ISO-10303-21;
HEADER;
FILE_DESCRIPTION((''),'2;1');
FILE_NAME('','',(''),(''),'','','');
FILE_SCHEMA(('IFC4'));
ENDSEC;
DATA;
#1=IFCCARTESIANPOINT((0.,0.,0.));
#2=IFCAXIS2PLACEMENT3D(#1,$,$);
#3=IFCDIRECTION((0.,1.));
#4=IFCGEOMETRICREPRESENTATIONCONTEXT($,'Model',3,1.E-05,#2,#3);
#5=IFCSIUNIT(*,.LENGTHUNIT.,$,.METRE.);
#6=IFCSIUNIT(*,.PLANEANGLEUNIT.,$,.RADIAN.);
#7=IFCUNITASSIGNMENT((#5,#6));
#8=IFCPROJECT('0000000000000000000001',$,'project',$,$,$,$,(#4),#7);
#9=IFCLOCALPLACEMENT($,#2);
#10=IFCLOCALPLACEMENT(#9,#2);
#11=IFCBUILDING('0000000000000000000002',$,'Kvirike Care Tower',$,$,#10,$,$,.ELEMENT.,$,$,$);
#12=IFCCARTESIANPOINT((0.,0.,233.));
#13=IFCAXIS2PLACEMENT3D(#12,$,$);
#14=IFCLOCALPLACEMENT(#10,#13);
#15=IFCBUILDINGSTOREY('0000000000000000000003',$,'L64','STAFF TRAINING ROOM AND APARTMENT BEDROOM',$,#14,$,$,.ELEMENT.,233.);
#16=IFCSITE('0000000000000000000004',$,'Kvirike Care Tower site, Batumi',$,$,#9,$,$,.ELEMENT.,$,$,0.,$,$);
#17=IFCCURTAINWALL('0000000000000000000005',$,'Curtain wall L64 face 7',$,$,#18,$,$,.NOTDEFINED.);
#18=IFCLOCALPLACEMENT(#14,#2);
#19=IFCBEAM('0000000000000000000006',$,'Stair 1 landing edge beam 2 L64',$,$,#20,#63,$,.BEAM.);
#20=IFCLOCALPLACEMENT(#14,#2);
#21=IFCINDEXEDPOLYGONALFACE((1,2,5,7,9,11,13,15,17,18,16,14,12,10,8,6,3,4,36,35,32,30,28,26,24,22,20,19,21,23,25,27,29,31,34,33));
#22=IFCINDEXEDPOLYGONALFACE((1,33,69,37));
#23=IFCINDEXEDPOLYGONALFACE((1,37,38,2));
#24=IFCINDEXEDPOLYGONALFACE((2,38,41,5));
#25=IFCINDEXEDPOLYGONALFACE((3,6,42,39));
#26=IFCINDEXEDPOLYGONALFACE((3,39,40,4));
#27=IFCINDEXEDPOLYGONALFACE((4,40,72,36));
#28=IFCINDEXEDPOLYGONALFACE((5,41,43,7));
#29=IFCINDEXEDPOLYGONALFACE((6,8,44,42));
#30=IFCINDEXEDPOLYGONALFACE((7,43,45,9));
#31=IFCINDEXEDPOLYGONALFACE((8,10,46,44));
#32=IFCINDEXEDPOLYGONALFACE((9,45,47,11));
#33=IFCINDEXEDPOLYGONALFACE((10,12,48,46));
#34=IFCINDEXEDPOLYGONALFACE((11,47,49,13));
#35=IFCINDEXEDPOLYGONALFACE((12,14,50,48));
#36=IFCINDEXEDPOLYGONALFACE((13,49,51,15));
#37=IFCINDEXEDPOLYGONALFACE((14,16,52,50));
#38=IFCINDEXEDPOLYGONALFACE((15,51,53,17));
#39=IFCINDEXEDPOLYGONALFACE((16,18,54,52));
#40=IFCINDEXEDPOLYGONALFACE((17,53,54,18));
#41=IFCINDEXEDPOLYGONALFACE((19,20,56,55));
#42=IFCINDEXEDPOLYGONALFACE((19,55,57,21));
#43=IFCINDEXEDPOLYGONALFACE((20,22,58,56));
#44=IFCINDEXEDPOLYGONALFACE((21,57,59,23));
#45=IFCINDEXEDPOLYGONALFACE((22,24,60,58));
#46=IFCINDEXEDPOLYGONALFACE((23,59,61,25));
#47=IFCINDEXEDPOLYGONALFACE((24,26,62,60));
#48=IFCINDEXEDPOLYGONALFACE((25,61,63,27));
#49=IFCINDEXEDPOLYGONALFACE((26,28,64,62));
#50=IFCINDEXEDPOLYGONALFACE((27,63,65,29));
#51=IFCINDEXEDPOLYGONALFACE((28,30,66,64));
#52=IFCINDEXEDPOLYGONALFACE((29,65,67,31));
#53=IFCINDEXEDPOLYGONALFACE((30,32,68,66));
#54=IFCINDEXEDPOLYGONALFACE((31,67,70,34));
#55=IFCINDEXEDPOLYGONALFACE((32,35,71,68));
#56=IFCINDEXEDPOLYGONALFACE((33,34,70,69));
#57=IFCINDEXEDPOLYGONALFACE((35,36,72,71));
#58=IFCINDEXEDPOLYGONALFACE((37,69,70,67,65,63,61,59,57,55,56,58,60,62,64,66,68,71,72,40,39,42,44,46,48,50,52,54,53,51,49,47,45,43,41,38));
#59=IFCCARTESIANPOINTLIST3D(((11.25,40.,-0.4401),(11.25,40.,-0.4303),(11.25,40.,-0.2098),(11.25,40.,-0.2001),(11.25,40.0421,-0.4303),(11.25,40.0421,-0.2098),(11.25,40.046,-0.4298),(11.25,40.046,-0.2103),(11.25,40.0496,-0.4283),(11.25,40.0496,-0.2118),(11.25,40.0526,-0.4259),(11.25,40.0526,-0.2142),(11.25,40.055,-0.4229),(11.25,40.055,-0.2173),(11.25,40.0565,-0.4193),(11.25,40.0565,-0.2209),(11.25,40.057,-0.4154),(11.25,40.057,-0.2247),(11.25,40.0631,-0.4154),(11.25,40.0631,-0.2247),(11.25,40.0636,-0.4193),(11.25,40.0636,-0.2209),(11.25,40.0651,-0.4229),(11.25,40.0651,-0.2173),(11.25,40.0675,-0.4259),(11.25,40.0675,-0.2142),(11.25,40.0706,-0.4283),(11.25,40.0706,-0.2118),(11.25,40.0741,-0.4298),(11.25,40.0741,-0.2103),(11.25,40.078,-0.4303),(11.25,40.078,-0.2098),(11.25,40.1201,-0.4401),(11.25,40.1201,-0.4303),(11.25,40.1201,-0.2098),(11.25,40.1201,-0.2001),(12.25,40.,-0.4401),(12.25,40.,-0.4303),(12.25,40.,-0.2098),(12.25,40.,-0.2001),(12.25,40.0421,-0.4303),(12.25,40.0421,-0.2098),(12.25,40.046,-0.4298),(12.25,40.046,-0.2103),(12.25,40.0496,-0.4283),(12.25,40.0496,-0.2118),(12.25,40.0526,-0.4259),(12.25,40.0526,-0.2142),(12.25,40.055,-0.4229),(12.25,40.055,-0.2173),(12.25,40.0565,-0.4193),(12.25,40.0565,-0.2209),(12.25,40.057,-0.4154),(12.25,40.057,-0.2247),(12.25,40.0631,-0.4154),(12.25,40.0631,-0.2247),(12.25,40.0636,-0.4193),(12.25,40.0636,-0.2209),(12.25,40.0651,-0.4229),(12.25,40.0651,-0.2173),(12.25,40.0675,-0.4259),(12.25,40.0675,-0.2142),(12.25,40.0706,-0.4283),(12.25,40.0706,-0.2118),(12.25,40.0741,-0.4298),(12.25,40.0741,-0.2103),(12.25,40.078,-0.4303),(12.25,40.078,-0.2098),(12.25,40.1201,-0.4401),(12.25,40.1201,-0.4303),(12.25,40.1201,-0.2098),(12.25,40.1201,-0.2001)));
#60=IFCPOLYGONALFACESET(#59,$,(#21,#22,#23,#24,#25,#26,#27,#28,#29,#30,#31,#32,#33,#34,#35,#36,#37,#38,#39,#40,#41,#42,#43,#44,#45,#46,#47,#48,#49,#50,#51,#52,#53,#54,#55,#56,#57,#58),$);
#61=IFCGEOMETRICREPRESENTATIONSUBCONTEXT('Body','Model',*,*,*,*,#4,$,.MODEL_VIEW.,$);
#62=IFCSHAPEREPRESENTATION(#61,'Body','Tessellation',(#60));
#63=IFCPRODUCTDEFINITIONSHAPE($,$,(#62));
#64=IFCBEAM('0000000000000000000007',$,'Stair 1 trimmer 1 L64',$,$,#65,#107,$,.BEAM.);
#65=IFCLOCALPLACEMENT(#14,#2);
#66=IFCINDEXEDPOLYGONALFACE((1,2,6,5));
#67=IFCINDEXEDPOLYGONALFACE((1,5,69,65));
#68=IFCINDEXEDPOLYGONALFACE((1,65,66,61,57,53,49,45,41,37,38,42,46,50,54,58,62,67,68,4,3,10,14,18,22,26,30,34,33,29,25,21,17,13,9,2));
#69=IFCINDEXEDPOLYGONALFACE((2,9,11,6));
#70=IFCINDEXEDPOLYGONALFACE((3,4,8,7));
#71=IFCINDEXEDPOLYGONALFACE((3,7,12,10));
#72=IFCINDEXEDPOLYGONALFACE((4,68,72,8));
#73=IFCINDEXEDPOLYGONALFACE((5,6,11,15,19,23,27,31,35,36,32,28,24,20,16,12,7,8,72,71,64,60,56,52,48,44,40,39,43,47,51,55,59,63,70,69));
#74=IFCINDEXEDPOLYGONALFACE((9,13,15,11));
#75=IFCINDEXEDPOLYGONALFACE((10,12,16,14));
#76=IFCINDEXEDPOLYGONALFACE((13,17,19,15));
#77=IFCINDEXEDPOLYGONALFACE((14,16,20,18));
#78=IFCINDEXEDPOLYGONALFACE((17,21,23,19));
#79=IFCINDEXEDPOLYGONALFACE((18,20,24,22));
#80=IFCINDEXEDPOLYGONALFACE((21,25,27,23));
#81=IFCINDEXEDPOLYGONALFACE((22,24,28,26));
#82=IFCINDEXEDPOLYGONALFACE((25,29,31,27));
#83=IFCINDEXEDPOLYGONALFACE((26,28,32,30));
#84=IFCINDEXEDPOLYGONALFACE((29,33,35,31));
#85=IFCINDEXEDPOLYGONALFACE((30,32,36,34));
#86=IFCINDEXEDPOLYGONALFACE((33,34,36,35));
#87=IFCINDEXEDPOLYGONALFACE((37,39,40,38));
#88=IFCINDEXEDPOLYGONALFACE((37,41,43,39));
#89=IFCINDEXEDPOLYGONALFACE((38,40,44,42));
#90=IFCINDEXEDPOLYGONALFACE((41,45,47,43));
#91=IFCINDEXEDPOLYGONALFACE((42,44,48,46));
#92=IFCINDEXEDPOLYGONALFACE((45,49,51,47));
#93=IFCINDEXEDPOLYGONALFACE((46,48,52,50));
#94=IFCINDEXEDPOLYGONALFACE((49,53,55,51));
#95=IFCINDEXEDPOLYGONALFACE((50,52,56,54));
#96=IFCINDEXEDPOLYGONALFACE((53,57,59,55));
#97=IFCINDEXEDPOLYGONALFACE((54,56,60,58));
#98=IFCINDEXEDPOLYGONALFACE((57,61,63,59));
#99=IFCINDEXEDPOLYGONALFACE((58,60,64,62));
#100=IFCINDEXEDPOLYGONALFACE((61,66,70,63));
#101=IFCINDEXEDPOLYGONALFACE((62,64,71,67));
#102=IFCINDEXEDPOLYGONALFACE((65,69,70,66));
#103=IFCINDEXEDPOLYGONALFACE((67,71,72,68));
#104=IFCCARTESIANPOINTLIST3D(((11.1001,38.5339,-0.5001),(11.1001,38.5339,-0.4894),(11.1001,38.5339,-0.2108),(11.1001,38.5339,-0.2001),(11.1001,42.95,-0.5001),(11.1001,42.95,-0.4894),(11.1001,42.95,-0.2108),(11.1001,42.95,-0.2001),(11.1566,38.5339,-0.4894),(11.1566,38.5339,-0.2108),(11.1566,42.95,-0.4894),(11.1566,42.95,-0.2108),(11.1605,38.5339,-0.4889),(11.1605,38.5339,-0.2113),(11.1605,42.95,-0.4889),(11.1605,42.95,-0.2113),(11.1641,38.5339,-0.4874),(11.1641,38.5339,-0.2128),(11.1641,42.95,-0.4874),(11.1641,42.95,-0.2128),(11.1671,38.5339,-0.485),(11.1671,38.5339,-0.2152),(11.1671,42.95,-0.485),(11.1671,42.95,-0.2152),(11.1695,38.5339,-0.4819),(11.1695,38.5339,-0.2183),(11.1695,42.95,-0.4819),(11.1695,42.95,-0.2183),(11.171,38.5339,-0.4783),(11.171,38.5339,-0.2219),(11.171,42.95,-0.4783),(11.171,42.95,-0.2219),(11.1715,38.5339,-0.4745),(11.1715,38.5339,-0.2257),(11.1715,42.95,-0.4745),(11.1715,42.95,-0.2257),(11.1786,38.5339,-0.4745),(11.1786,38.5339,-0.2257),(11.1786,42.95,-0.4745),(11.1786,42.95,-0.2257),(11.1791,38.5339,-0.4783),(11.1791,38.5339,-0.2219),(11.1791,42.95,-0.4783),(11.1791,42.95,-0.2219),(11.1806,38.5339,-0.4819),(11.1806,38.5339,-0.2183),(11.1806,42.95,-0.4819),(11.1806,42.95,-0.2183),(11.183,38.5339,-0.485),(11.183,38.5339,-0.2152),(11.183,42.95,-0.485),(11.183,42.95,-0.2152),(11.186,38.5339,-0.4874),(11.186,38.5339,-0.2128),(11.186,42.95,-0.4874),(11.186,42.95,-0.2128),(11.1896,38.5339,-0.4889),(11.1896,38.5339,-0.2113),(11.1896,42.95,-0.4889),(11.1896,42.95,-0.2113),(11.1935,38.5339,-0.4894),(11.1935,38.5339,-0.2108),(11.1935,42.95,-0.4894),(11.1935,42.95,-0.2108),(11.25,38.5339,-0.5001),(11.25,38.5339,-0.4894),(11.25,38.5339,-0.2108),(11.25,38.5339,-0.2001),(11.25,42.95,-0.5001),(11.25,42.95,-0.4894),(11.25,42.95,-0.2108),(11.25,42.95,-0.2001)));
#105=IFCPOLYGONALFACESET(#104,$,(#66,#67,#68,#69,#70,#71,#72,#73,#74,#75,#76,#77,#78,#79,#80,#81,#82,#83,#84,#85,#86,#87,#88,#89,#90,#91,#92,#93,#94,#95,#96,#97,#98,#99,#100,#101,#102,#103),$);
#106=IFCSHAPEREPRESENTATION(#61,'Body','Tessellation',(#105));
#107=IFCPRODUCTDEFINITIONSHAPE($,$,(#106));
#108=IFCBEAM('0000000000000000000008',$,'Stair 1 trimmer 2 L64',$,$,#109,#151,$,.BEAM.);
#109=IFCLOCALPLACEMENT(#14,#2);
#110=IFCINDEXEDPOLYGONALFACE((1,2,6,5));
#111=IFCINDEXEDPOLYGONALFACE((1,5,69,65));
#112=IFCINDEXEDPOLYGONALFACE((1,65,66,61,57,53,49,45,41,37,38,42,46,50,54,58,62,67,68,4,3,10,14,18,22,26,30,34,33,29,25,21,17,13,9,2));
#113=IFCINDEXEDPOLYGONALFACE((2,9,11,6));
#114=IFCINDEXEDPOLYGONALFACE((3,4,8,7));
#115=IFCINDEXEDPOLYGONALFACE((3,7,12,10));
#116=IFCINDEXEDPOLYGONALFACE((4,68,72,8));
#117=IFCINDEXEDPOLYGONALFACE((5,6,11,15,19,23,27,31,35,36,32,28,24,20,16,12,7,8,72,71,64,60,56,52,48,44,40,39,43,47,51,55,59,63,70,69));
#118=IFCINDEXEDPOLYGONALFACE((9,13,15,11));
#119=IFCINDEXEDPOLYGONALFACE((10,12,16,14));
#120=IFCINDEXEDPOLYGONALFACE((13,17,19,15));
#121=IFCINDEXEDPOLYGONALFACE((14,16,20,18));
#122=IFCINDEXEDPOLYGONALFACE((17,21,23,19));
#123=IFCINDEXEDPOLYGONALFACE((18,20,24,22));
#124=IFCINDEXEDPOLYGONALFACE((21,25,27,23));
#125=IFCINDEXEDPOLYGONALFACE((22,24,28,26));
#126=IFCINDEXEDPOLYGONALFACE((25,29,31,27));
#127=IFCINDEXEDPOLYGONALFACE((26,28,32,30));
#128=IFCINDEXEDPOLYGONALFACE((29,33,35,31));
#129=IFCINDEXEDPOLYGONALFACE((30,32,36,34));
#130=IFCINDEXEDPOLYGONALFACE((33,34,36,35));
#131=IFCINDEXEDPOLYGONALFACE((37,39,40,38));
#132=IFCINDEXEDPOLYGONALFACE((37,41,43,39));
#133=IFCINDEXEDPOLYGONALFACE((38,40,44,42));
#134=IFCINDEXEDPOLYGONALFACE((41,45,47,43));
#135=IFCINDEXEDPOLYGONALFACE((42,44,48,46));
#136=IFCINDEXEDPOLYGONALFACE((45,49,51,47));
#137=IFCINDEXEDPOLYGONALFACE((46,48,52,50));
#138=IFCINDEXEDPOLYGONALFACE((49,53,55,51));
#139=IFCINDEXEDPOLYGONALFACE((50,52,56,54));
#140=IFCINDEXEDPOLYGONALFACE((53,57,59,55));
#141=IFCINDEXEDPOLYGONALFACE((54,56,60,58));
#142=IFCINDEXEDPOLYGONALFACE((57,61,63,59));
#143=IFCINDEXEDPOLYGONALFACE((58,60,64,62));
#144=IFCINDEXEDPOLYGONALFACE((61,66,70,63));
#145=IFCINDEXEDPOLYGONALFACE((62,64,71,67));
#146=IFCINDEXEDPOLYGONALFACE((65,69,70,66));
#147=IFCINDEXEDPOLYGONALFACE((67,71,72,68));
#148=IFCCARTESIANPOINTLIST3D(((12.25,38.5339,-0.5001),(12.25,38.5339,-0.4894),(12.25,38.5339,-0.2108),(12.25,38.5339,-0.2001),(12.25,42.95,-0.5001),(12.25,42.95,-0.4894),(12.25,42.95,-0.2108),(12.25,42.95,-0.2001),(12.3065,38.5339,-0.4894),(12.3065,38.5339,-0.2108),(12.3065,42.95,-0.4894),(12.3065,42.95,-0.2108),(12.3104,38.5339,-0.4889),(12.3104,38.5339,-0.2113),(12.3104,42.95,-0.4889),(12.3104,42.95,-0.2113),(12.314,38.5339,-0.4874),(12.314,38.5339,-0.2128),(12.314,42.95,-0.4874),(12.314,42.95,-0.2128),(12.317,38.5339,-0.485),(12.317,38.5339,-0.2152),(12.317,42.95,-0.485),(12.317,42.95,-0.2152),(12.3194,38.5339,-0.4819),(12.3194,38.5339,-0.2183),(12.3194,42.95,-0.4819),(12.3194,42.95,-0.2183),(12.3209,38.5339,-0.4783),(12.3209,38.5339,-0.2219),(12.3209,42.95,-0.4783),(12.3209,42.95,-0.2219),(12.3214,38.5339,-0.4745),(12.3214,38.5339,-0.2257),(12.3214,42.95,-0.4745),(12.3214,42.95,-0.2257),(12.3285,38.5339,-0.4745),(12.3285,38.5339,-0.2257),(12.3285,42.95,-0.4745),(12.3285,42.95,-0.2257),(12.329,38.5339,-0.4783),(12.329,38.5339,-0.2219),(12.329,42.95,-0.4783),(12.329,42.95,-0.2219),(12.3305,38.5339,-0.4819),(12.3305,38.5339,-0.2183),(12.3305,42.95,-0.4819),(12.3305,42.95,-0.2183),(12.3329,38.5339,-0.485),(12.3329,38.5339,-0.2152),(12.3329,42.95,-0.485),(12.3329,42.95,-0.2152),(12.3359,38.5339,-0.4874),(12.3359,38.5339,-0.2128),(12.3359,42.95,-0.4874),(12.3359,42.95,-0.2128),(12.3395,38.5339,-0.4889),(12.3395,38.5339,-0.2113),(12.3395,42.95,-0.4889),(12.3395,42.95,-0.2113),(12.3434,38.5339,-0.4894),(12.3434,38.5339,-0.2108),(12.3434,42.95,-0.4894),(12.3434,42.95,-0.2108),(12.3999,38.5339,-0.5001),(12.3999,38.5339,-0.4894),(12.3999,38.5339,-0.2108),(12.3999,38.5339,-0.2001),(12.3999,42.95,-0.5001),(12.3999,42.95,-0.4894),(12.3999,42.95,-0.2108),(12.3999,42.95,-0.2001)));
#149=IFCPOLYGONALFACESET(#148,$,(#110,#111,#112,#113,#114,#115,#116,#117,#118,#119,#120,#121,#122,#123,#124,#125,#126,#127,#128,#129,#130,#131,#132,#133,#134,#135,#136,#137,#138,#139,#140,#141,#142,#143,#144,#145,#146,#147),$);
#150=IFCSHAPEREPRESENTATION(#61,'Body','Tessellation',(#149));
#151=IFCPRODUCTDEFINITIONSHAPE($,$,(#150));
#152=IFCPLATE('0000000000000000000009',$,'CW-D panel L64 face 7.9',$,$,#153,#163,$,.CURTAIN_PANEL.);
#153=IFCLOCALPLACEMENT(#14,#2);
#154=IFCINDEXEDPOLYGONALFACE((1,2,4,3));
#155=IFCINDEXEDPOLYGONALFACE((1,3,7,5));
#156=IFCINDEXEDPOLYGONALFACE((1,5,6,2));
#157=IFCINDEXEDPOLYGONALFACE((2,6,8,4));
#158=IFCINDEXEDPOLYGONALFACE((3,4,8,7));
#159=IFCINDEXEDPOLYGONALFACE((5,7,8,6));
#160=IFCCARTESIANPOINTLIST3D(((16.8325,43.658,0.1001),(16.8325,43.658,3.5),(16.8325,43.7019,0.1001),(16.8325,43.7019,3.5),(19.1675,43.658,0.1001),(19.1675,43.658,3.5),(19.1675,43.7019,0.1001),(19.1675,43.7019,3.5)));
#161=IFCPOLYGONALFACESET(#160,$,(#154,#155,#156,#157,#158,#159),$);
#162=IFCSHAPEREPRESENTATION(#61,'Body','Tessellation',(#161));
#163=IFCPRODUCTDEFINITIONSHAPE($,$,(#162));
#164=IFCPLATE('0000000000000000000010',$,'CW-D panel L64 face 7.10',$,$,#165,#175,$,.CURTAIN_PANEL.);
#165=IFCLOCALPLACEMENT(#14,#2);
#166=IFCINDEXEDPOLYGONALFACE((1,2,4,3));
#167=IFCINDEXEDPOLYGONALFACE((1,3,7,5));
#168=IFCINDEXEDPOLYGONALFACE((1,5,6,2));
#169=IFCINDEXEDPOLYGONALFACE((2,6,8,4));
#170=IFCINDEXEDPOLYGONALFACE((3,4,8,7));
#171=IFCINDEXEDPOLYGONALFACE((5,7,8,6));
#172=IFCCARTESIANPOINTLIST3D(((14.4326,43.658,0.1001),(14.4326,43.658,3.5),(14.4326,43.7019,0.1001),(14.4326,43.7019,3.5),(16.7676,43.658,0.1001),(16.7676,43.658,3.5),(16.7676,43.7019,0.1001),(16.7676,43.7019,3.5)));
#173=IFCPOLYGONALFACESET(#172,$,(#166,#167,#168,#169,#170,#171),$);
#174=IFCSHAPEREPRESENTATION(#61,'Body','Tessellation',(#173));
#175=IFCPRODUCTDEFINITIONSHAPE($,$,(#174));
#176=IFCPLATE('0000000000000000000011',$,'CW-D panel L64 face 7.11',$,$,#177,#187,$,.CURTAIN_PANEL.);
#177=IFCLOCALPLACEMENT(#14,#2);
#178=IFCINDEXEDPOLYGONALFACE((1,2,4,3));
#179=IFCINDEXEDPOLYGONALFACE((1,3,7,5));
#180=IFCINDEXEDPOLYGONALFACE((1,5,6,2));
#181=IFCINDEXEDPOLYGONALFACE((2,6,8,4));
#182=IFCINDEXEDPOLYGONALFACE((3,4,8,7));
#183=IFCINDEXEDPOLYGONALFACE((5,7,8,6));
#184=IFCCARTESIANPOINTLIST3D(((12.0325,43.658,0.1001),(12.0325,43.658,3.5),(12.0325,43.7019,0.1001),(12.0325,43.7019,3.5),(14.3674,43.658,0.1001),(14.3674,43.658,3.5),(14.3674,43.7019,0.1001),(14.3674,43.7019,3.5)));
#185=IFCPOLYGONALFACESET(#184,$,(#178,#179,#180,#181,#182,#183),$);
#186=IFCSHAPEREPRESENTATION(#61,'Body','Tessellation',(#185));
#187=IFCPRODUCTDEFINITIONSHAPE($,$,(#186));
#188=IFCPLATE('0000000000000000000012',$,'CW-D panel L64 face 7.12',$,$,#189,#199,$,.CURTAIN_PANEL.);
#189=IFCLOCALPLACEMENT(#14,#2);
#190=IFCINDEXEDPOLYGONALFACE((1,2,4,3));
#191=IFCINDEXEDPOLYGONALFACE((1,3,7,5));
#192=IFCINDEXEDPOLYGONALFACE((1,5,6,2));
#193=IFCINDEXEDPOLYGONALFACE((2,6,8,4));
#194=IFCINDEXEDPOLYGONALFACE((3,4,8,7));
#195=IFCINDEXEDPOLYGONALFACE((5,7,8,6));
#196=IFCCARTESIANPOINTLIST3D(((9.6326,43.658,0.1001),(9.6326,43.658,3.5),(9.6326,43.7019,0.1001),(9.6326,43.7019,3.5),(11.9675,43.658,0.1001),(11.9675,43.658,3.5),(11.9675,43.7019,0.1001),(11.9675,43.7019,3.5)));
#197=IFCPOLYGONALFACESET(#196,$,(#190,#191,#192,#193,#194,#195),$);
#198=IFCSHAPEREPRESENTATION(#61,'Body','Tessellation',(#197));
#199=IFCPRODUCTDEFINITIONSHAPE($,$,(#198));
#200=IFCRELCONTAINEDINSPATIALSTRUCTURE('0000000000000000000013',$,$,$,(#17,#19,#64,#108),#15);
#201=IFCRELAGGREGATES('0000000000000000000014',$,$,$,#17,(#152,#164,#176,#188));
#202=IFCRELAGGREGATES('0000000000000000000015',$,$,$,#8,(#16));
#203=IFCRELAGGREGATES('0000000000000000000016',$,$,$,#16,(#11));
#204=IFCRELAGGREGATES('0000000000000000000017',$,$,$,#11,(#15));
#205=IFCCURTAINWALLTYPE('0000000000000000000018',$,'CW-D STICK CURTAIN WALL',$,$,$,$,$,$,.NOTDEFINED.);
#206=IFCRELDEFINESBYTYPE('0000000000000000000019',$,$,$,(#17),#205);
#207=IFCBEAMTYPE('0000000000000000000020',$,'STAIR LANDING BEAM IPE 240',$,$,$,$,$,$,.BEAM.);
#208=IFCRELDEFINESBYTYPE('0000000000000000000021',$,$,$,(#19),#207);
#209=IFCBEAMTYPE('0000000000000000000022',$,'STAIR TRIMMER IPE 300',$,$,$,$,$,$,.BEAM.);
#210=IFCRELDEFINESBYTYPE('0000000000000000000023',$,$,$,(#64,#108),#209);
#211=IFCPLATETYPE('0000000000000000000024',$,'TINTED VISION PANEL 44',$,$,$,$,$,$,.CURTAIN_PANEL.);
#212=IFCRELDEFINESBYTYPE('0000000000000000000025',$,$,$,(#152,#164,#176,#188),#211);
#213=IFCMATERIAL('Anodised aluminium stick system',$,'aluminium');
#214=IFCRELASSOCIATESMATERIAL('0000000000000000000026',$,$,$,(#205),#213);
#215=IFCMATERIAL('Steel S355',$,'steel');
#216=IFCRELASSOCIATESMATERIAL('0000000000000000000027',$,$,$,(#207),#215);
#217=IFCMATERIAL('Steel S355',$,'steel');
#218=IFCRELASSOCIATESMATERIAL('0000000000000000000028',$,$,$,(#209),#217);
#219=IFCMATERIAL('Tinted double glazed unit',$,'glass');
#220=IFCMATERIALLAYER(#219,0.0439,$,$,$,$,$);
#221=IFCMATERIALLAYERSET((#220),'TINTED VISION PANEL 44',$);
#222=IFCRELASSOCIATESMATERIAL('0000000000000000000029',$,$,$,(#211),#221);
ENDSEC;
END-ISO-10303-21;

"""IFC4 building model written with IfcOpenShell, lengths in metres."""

from ifc_helpers import new_model, si_unit, direction, frame, origin, origin_2d, place, context, subcontext, project, spatial, rectangle, i_section, extrude, material, layer, layer_set, material_profile, profile_set, type_object, element, aggregate, save


model = new_model("IFC4")

# Units and contexts
model_context = context("Model", 3, precision=1e-05, world=origin(), true_north=direction((0.0, 1.0)))
body_context = subcontext(model_context, "Body", "Model", "MODEL_VIEW")
ifc_project = project(units=[si_unit("LENGTHUNIT", "METRE"), si_unit("PLANEANGLEUNIT", "RADIAN")], contexts=[model_context])

# Site, building, storey
site_placement = place(None, origin())
site = spatial("IfcSite", under=ifc_project, at=site_placement, Name="Kvirike Care Tower site, Batumi", CompositionType="ELEMENT", RefElevation=0.0)
building_placement = place(site_placement, origin())
building = spatial("IfcBuilding", under=site, at=building_placement, Name="Kvirike Care Tower", CompositionType="ELEMENT")
storey_placement = place(building_placement, frame((0.0, 0.0, 233.0)))
storey = spatial("IfcBuildingStorey", under=building, at=storey_placement, Name="L64", Description="STAFF TRAINING ROOM AND APARTMENT BEDROOM", CompositionType="ELEMENT", Elevation=233.0)

# Curtain wall
ifc_material_1 = material(Name="Anodised aluminium stick system", Category="aluminium")
curtain_wall_type = type_object("IfcCurtainWallType", Name="CW-D STICK CURTAIN WALL", PredefinedType="NOTDEFINED", material=ifc_material_1)
curtain_wall_placement = place(storey_placement, origin())
curtain_wall = element("IfcCurtainWall", 1, at=curtain_wall_placement, inside=storey, type_object=curtain_wall_type, Name="Curtain wall L64 face 7", PredefinedType="NOTDEFINED")

# Beams
ifc_material_2 = material(Name="Steel S355", Category="steel")
ifc_material_profile_1 = material_profile(ifc_material_2, i_section(OverallWidth=0.1201, OverallDepth=0.24, WebThickness=0.0061, FlangeThickness=0.0098, FilletRadius=0.0149, at=origin_2d()), Name="IPE 240")
ifc_profile_set_1 = profile_set([ifc_material_profile_1], Name="Steel S355")
beam_type_1 = type_object("IfcBeamType", Name="STAIR LANDING BEAM IPE 240", PredefinedType="BEAM", material=ifc_profile_set_1)
for number, where, z_axis, x_axis, name in (
    (2, (11.25, 40.0601, -0.3201), (1.0, 0.0, 0.0), (0.0, 1.0, 0.0), "Stair 1 landing edge beam 2 L64"),
):
    element("IfcBeam", number, at=place(storey_placement, frame(where, z_axis=z_axis, x_axis=x_axis)), inside=storey, type_object=beam_type_1, Name=name, PredefinedType="BEAM", context=body_context, shape_type="SweptSolid", body=[
        extrude(i_section(OverallWidth=0.1201, OverallDepth=0.24, WebThickness=0.0061, FlangeThickness=0.0098, FilletRadius=0.0149, at=origin_2d()), origin(), (0.0, 0.0, 1.0), 1.0),
    ])
ifc_material_3 = material(Name="Steel S355", Category="steel")
ifc_material_profile_2 = material_profile(ifc_material_3, i_section(OverallWidth=0.1499, OverallDepth=0.3, WebThickness=0.0071, FlangeThickness=0.0107, FilletRadius=0.0149, at=origin_2d()), Name="IPE 300")
ifc_profile_set_2 = profile_set([ifc_material_profile_2], Name="Steel S355")
beam_type_2 = type_object("IfcBeamType", Name="STAIR TRIMMER IPE 300", PredefinedType="BEAM", material=ifc_profile_set_2)
for number, where, z_axis, x_axis, name in (
    (3, (11.175, 42.95, -0.3501), (0.0, -1.0, 0.0), (1.0, 0.0, 0.0), "Stair 1 trimmer 1 L64"),
    (4, (12.325, 42.95, -0.3501), (0.0, -1.0, 0.0), (1.0, 0.0, 0.0), "Stair 1 trimmer 2 L64"),
):
    element("IfcBeam", number, at=place(storey_placement, frame(where, z_axis=z_axis, x_axis=x_axis)), inside=storey, type_object=beam_type_2, Name=name, PredefinedType="BEAM", context=body_context, shape_type="SweptSolid", body=[
        extrude(i_section(OverallWidth=0.1499, OverallDepth=0.3, WebThickness=0.0071, FlangeThickness=0.0107, FilletRadius=0.0149, at=origin_2d()), origin(), (0.0, 0.0, 1.0), 4.416),
    ])

# Plates
ifc_material_4 = material(Name="Tinted double glazed unit", Category="glass")
ifc_layer_1 = layer(ifc_material_4, 0.0439)
ifc_layer_set_1 = layer_set([ifc_layer_1], Name="TINTED VISION PANEL 44")
plate_type = type_object("IfcPlateType", Name="TINTED VISION PANEL 44", PredefinedType="CURTAIN_PANEL", material=ifc_layer_set_1)
plate_1_placement = place(storey_placement, frame((18.0, 43.6799, 0.1001), z_axis=(0.0, 0.0, 1.0), x_axis=(-1.0, 0.0, 0.0)))
plate_1 = element("IfcPlate", 5, at=plate_1_placement, type_object=plate_type, Name="CW-D panel L64 face 7.9", PredefinedType="CURTAIN_PANEL", context=body_context, shape_type="SweptSolid", body=[
    extrude(rectangle(XDim=2.335, YDim=0.0439, at=origin_2d()), origin(), (0.0, 0.0, 1.0), 3.3999),
])
plate_2_placement = place(storey_placement, frame((15.6001, 43.6799, 0.1001), z_axis=(0.0, 0.0, 1.0), x_axis=(-1.0, 0.0, 0.0)))
plate_2 = element("IfcPlate", 6, at=plate_2_placement, type_object=plate_type, Name="CW-D panel L64 face 7.10", PredefinedType="CURTAIN_PANEL", context=body_context, shape_type="SweptSolid", body=[
    extrude(rectangle(XDim=2.335, YDim=0.0439, at=origin_2d()), origin(), (0.0, 0.0, 1.0), 3.3999),
])
plate_3_placement = place(storey_placement, frame((13.2, 43.6799, 0.1001), z_axis=(0.0, 0.0, 1.0), x_axis=(-1.0, 0.0, 0.0)))
plate_3 = element("IfcPlate", 7, at=plate_3_placement, type_object=plate_type, Name="CW-D panel L64 face 7.11", PredefinedType="CURTAIN_PANEL", context=body_context, shape_type="SweptSolid", body=[
    extrude(rectangle(XDim=2.335, YDim=0.0439, at=origin_2d()), origin(), (0.0, 0.0, 1.0), 3.3999),
])
plate_4_placement = place(storey_placement, frame((10.8, 43.6799, 0.1001), z_axis=(0.0, 0.0, 1.0), x_axis=(-1.0, 0.0, 0.0)))
plate_4 = element("IfcPlate", 8, at=plate_4_placement, type_object=plate_type, Name="CW-D panel L64 face 7.12", PredefinedType="CURTAIN_PANEL", context=body_context, shape_type="SweptSolid", body=[
    extrude(rectangle(XDim=2.335, YDim=0.0439, at=origin_2d()), origin(), (0.0, 0.0, 1.0), 3.3999),
])
aggregate(curtain_wall, [plate_1, plate_2, plate_3, plate_4])

save(model, "model.ifc")
